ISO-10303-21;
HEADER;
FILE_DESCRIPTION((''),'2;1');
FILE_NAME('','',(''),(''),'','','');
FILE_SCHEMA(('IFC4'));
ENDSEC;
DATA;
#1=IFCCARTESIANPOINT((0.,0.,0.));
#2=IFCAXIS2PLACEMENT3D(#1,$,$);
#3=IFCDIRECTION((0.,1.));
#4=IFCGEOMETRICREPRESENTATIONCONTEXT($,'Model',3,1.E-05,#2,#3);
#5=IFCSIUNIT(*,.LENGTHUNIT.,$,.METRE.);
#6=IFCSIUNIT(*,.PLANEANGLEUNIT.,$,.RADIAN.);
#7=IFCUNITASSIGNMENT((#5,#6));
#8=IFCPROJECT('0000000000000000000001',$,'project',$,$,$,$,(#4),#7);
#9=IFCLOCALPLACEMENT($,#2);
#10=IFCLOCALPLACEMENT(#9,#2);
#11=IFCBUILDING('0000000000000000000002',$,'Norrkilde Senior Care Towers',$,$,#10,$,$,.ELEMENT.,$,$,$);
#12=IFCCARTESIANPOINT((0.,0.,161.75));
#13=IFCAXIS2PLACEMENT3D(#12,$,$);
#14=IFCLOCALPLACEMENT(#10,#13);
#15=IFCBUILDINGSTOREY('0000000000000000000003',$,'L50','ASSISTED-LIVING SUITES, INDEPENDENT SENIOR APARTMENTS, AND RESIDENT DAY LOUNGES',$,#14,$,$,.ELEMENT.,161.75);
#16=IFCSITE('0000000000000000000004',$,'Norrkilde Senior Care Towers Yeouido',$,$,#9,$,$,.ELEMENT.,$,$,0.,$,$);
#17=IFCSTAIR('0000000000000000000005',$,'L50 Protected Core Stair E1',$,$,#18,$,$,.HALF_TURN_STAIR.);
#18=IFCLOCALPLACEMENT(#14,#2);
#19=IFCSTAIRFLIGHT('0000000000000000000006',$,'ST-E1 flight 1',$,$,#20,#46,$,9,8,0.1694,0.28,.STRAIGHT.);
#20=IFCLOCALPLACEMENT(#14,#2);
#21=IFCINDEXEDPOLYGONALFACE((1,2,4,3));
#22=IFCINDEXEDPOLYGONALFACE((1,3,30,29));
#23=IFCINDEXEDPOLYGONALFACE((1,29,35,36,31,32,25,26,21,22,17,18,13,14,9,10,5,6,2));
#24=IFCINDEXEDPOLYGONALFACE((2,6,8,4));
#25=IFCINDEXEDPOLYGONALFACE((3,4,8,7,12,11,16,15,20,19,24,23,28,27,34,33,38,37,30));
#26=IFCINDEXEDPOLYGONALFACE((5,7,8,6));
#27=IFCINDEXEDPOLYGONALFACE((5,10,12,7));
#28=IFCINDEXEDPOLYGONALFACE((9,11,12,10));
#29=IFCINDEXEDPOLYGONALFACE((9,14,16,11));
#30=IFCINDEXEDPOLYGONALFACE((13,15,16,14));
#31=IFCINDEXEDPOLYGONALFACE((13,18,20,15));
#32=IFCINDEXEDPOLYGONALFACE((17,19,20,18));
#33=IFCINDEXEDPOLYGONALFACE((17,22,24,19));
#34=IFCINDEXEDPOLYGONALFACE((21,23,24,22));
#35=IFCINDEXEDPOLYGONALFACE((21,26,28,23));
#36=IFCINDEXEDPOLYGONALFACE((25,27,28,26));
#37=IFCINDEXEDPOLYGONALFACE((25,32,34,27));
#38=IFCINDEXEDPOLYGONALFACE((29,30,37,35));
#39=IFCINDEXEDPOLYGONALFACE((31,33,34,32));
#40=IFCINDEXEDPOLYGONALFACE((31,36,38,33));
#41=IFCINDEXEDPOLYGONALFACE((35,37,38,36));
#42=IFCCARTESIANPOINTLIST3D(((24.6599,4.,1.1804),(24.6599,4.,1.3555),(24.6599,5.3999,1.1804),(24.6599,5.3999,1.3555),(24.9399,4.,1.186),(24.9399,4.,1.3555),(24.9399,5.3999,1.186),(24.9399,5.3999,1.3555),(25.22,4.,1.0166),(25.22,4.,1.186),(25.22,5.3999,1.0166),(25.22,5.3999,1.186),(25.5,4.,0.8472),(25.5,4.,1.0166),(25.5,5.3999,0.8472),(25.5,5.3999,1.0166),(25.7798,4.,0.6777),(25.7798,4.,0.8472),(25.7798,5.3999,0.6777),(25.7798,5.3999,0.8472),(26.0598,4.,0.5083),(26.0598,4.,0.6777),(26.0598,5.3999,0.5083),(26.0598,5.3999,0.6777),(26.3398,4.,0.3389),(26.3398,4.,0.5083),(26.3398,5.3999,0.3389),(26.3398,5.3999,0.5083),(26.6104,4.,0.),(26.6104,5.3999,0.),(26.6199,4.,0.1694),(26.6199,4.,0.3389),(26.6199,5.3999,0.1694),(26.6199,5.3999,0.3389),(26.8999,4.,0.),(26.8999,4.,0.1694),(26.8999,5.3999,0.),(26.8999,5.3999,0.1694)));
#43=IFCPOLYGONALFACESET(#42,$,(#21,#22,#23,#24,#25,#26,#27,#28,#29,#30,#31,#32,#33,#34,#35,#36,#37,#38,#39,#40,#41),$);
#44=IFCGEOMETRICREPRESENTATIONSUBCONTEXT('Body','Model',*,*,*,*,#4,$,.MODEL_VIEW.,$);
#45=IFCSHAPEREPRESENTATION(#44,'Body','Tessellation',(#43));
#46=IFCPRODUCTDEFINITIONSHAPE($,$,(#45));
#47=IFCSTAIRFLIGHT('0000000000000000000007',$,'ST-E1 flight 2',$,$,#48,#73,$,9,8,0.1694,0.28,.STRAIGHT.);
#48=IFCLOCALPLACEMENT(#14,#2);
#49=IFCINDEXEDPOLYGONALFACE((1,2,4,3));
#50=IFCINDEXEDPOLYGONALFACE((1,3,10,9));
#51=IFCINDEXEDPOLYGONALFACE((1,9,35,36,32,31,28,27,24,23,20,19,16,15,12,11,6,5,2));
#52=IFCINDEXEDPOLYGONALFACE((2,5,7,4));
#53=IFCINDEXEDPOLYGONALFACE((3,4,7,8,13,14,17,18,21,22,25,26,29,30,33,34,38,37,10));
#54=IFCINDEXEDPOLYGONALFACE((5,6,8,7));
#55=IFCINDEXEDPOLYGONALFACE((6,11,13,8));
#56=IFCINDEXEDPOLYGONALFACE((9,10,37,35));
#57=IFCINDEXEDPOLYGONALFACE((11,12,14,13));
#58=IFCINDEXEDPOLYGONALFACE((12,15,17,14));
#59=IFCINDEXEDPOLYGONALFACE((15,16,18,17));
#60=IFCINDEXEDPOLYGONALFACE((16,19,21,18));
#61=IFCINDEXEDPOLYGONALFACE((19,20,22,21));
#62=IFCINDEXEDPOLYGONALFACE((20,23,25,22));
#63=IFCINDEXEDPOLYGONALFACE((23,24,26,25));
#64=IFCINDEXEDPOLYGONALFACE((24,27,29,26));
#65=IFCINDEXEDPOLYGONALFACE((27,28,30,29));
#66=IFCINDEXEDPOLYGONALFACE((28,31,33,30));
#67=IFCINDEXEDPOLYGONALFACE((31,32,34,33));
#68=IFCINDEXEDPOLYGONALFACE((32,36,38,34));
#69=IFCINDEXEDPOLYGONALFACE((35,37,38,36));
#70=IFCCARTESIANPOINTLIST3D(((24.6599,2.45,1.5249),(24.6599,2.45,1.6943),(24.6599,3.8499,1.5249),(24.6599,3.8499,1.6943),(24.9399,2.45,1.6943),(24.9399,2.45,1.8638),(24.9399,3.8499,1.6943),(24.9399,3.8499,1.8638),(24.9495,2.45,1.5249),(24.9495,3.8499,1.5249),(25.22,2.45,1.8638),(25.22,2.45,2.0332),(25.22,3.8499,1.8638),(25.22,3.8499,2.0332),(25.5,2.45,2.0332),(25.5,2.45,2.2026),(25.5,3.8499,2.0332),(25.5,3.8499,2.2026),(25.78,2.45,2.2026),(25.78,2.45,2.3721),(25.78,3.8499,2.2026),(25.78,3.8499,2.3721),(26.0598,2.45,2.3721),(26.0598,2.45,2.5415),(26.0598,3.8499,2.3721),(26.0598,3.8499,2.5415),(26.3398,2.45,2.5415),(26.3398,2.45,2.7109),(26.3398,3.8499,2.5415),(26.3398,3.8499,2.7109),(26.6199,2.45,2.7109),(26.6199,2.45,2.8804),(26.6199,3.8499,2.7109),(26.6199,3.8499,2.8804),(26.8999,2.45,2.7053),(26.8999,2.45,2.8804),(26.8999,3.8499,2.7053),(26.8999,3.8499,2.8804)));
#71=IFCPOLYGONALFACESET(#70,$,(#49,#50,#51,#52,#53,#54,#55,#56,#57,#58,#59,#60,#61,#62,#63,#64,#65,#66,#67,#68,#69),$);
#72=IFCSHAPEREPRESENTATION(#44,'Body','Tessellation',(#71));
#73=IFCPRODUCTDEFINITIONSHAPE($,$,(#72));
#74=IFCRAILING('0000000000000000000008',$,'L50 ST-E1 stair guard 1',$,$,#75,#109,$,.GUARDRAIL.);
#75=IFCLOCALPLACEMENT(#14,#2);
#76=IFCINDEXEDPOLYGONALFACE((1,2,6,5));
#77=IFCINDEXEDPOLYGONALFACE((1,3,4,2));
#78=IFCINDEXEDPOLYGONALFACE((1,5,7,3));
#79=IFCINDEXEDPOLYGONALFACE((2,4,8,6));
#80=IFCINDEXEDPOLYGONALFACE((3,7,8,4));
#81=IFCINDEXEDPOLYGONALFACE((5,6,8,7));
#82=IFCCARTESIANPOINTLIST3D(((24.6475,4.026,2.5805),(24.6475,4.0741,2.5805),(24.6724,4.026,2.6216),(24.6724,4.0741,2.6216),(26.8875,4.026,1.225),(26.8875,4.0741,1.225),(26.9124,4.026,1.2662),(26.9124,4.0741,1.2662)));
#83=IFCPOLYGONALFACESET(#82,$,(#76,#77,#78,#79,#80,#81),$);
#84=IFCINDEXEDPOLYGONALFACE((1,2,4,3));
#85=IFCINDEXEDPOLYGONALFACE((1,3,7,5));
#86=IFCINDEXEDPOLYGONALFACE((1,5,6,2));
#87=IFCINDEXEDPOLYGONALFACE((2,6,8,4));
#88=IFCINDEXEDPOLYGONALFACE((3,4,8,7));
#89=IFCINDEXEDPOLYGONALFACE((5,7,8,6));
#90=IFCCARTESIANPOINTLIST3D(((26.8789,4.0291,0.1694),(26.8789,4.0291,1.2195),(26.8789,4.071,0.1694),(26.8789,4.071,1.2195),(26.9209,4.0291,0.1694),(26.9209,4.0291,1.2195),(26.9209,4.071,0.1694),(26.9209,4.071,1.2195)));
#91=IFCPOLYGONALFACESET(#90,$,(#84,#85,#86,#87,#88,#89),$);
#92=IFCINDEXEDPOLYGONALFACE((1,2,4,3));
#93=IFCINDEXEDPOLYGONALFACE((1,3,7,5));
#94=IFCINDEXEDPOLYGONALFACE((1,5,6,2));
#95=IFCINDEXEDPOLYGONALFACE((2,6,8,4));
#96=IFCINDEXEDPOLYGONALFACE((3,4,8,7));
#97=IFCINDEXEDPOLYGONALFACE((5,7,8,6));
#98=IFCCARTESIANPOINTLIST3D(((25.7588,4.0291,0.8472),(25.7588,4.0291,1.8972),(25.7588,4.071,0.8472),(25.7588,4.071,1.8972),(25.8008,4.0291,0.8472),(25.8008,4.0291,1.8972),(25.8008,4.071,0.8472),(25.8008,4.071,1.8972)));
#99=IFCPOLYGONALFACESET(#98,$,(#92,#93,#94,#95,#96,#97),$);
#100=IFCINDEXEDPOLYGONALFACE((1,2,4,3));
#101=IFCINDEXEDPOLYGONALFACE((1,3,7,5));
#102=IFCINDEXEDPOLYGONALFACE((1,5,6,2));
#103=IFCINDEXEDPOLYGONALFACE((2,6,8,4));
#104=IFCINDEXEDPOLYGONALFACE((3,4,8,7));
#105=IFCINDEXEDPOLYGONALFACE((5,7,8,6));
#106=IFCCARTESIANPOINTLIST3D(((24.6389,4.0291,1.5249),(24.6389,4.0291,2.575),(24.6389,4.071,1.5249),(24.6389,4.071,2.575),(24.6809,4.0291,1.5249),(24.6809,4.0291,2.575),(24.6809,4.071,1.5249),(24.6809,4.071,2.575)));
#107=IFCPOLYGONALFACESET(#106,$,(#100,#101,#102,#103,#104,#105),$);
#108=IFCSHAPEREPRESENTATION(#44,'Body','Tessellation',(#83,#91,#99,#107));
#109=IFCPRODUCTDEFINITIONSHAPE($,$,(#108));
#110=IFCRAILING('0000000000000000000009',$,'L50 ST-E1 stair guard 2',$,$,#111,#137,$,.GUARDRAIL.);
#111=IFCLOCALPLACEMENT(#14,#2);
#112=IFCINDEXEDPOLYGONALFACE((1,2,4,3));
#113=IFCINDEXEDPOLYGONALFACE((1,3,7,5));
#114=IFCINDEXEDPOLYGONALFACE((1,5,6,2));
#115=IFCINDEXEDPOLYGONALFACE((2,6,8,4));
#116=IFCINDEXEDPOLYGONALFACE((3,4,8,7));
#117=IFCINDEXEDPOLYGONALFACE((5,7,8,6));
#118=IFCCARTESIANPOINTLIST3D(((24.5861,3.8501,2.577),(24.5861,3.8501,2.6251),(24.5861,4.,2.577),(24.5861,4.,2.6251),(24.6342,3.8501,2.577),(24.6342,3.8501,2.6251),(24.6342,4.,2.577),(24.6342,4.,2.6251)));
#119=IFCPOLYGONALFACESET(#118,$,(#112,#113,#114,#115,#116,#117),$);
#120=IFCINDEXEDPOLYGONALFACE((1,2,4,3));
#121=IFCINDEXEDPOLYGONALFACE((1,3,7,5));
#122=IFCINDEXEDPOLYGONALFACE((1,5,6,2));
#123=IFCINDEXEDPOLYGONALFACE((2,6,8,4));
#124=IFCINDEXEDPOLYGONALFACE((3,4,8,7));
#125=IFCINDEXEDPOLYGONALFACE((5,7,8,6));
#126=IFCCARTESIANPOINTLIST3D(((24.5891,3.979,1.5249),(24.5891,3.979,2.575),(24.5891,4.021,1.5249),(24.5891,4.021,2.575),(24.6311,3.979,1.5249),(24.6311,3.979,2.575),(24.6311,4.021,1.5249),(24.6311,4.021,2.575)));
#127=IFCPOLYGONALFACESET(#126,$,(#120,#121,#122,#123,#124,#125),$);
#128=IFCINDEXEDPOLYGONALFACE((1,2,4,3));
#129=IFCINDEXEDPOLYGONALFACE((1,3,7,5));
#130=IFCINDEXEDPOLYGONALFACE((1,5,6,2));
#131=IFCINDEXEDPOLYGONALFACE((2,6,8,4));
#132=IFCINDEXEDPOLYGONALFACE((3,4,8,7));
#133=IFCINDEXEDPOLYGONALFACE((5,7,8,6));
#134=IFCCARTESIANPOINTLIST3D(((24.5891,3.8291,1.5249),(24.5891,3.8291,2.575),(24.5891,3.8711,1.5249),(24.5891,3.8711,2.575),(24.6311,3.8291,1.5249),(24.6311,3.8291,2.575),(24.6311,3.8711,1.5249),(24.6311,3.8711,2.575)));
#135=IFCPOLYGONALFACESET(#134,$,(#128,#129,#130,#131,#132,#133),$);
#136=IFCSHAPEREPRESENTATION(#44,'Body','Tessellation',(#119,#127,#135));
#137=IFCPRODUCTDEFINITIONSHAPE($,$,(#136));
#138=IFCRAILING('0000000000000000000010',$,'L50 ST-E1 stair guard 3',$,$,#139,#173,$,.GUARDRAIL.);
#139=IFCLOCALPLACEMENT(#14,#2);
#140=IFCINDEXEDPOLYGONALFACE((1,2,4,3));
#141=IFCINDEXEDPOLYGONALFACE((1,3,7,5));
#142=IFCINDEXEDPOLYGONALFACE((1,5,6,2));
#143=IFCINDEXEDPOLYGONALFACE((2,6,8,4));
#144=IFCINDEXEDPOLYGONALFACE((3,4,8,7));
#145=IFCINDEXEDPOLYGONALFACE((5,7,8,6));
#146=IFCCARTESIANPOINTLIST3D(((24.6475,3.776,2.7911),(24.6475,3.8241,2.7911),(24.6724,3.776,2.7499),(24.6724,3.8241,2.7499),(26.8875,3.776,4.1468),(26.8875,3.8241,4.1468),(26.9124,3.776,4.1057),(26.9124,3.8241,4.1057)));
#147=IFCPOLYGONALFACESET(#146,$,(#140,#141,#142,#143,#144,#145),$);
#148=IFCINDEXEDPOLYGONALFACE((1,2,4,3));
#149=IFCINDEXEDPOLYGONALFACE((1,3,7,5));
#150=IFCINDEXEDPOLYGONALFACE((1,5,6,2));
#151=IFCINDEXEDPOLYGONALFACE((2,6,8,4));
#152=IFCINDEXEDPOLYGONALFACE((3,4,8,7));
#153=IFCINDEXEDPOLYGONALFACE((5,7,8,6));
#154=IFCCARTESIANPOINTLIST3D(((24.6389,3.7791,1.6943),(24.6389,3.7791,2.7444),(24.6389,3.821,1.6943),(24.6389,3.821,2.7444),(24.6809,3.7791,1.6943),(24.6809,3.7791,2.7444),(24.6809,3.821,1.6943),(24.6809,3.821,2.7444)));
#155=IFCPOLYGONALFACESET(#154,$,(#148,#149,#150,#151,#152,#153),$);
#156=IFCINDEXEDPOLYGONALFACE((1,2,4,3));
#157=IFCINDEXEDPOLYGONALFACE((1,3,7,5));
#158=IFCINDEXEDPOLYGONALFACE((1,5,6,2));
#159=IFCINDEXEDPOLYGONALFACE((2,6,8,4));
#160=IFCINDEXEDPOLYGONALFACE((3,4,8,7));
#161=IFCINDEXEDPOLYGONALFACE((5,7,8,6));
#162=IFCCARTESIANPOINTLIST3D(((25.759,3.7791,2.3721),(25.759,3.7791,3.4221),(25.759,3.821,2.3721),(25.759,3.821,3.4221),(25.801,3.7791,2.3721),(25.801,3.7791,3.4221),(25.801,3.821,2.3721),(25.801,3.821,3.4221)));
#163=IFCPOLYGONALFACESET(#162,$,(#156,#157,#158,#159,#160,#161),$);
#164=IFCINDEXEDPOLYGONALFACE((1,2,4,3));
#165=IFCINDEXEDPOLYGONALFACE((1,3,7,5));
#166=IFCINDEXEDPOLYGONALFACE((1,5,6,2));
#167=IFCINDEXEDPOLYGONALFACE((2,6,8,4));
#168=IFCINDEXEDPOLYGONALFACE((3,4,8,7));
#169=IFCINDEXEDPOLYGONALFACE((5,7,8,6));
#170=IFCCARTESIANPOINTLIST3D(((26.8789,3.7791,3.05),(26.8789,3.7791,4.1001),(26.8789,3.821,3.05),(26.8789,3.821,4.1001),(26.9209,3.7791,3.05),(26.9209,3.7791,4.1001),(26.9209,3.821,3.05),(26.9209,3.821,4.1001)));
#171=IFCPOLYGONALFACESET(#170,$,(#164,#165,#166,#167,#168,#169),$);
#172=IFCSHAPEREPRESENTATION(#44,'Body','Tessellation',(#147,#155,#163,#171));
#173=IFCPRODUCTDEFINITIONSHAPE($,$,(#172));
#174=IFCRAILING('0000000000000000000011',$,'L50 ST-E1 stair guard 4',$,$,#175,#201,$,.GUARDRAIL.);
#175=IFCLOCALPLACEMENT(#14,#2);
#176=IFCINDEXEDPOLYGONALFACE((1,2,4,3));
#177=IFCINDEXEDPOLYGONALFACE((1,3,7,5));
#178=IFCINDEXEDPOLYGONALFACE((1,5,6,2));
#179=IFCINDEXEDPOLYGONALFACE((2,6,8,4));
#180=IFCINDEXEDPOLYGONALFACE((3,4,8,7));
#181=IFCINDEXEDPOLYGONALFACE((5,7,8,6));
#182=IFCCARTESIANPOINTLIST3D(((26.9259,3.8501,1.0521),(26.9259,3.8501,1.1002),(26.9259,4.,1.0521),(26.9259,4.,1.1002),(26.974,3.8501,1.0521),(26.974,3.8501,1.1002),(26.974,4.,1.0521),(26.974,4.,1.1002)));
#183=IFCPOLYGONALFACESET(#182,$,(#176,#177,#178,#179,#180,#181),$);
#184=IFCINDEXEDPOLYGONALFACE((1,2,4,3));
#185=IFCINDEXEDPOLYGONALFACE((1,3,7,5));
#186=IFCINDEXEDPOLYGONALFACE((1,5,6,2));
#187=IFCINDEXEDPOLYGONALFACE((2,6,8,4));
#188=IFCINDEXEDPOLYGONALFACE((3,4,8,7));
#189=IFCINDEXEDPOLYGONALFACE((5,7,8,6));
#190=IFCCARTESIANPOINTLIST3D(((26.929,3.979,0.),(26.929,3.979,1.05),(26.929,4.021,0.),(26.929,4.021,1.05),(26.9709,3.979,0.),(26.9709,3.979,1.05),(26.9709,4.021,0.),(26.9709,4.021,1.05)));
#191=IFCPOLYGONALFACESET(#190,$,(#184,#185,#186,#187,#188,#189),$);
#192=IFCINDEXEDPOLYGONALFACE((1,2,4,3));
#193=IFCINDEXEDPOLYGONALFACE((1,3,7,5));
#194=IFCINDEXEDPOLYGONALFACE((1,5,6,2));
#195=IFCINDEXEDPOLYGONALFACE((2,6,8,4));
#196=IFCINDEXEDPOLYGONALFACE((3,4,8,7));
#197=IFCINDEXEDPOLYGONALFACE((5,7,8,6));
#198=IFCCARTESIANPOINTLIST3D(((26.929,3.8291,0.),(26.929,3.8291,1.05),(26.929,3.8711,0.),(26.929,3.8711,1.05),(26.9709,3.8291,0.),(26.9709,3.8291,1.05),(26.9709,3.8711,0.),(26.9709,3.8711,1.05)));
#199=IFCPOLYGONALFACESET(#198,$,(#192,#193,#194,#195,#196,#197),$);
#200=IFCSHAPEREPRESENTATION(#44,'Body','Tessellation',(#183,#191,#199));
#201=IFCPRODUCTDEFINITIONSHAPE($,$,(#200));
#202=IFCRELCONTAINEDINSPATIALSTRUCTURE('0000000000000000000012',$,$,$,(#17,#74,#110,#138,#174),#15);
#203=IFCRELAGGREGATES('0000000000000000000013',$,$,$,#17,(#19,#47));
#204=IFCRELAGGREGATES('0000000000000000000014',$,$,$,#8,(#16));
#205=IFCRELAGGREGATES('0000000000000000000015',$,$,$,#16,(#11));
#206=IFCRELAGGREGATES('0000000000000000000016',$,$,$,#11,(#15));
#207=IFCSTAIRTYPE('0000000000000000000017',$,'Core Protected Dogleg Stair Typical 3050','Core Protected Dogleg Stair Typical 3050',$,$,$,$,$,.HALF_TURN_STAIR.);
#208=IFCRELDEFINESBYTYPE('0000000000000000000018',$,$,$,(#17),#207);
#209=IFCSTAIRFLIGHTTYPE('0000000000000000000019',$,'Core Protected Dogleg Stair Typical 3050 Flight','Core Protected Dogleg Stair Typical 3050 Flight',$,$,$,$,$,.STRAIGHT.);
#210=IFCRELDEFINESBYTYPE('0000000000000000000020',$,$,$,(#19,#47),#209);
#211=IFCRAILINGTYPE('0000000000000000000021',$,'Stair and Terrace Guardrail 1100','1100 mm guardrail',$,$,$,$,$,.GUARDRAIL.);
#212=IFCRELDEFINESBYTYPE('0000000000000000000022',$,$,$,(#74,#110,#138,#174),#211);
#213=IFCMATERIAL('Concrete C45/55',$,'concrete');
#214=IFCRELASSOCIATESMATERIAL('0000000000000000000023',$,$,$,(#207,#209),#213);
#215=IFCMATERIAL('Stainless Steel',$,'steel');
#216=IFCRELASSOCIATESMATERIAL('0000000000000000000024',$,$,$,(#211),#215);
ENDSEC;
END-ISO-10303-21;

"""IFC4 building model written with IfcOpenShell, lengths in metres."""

from ifc_helpers import new_model, si_unit, direction, frame, origin, origin_2d, place, context, subcontext, project, spatial, polyline, rectangle, outline, extrude, material, type_object, element, aggregate, save


model = new_model("IFC4")

# Units and contexts
model_context = context("Model", 3, precision=1e-05, world=origin(), true_north=direction((0.0, 1.0)))
body_context = subcontext(model_context, "Body", "Model", "MODEL_VIEW")
ifc_project = project(units=[si_unit("LENGTHUNIT", "METRE"), si_unit("PLANEANGLEUNIT", "RADIAN")], contexts=[model_context])

# Site, building, storey
site_placement = place(None, origin())
site = spatial("IfcSite", under=ifc_project, at=site_placement, Name="Norrkilde Senior Care Towers Yeouido", CompositionType="ELEMENT", RefElevation=0.0)
building_placement = place(site_placement, origin())
building = spatial("IfcBuilding", under=site, at=building_placement, Name="Norrkilde Senior Care Towers", CompositionType="ELEMENT")
storey_placement = place(building_placement, frame((0.0, 0.0, 161.75)))
storey = spatial("IfcBuildingStorey", under=building, at=storey_placement, Name="L50", Description="ASSISTED-LIVING SUITES, INDEPENDENT SENIOR APARTMENTS, AND RESIDENT DAY LOUNGES", CompositionType="ELEMENT", Elevation=161.75)

# Shared definitions
ifc_material_1 = material(Name="Concrete C45/55", Category="concrete")

# Stair, stair flights
stair_type = type_object("IfcStairType", Name="Core Protected Dogleg Stair Typical 3050", Description="Core Protected Dogleg Stair Typical 3050", PredefinedType="HALF_TURN_STAIR", material=ifc_material_1)
stair_placement = place(storey_placement, origin())
stair = element("IfcStair", 1, at=stair_placement, inside=storey, type_object=stair_type, Name="L50 Protected Core Stair E1", PredefinedType="HALF_TURN_STAIR")
stair_flight_type = type_object("IfcStairFlightType", Name="Core Protected Dogleg Stair Typical 3050 Flight", Description="Core Protected Dogleg Stair Typical 3050 Flight", PredefinedType="STRAIGHT", material=ifc_material_1)
stair_flight_1_placement = place(storey_placement, frame((26.8999, 4.7, 0.0), z_axis=(0.0, 0.0, 1.0), x_axis=(-1.0, 0.0, 0.0)))
stair_flight_1 = element("IfcStairFlight", 2, at=stair_flight_1_placement, type_object=stair_flight_type, Name="ST-E1 flight 1", NumberOfRisers=9, NumberOfTreads=8, PredefinedType="STRAIGHT", RiserHeight=0.1694, TreadLength=0.28, context=body_context, shape_type="SweptSolid", body=[
    extrude(outline(polyline([(0.0, 0.0), (0.0, 0.1694), (0.28, 0.1694), (0.28, 0.3389), (0.5601, 0.3389), (0.5601, 0.5083), (0.8401, 0.5083), (0.8401, 0.6777), (1.1201, 0.6777), (1.1201, 0.8472), (1.3999, 0.8472), (1.3999, 1.0166), (1.6799, 1.0166), (1.6799, 1.186), (1.96, 1.186), (1.96, 1.3555), (2.24, 1.3555), (2.24, 1.5249), (2.24, 1.1804), (0.2896, 0.0), (0.0, 0.0)])), frame((0.0, 0.7, 0.0), z_axis=(0.0, -1.0, 0.0), x_axis=(1.0, 0.0, 0.0)), (0.0, 0.0, 1.0), 1.3999),
])
stair_flight_2_placement = place(storey_placement, frame((24.6599, 3.1499, 1.5249), z_axis=(0.0, 0.0, 1.0), x_axis=(1.0, 0.0, 0.0)))
stair_flight_2 = element("IfcStairFlight", 3, at=stair_flight_2_placement, type_object=stair_flight_type, Name="ST-E1 flight 2", NumberOfRisers=9, NumberOfTreads=8, PredefinedType="STRAIGHT", RiserHeight=0.1694, TreadLength=0.28, context=body_context, shape_type="SweptSolid", body=[
    extrude(outline(polyline([(0.0, 0.0), (0.0, 0.1694), (0.28, 0.1694), (0.28, 0.3389), (0.5601, 0.3389), (0.5601, 0.5083), (0.8401, 0.5083), (0.8401, 0.6777), (1.1201, 0.6777), (1.1201, 0.8472), (1.3999, 0.8472), (1.3999, 1.0166), (1.6799, 1.0166), (1.6799, 1.186), (1.96, 1.186), (1.96, 1.3555), (2.24, 1.3555), (2.24, 1.5249), (2.24, 1.1804), (0.2896, 0.0), (0.0, 0.0)])), frame((0.0, 0.7, 0.0), z_axis=(0.0, -1.0, 0.0), x_axis=(1.0, 0.0, 0.0)), (0.0, 0.0, 1.0), 1.3999),
])
aggregate(stair, [stair_flight_1, stair_flight_2])

# Railings
ifc_material_2 = material(Name="Stainless Steel", Category="steel")
railing_type_1 = type_object("IfcRailingType", Name="Stair and Terrace Guardrail 1100", Description="1100 mm guardrail", PredefinedType="GUARDRAIL", material=ifc_material_2)
railing_1_placement = place(storey_placement, frame((26.8999, 4.05, 0.1694)))
element("IfcRailing", 4, at=railing_1_placement, inside=storey, type_object=railing_type_1, Name="L50 ST-E1 stair guard 1", PredefinedType="GUARDRAIL", context=body_context, shape_type="SweptSolid", body=[
    extrude(rectangle(XDim=0.0481, YDim=0.0481, at=origin_2d()), frame((0.0, 0.0, 1.0762), z_axis=(-0.855553, 0.0, 0.517715), x_axis=(0.0, -1.0, 0.0)), (0.0, 0.0, 1.0), 2.6182),
    extrude(rectangle(XDim=0.042, YDim=0.042, at=origin_2d()), origin(), (0.0, 0.0, 1.0), 1.05),
    extrude(rectangle(XDim=0.042, YDim=0.042, at=origin_2d()), frame((-1.1201, 0.0, 0.6777)), (0.0, 0.0, 1.0), 1.05),
    extrude(rectangle(XDim=0.042, YDim=0.042, at=origin_2d()), frame((-2.24, 0.0, 1.3555)), (0.0, 0.0, 1.0), 1.05),
])
railing_2_placement = place(storey_placement, frame((24.6101, 4.0, 1.5249)))
element("IfcRailing", 5, at=railing_2_placement, inside=storey, type_object=railing_type_1, Name="L50 ST-E1 stair guard 2", PredefinedType="GUARDRAIL", context=body_context, shape_type="SweptSolid", body=[
    extrude(rectangle(XDim=0.0481, YDim=0.0481, at=origin_2d()), frame((0.0, 0.0, 1.0762), z_axis=(0.0, -1.0, 0.0), x_axis=(1.0, 0.0, 0.0)), (0.0, 0.0, 1.0), 0.1499),
    extrude(rectangle(XDim=0.042, YDim=0.042, at=origin_2d()), origin(), (0.0, 0.0, 1.0), 1.05),
    extrude(rectangle(XDim=0.042, YDim=0.042, at=origin_2d()), frame((0.0, -0.1499, 0.0)), (0.0, 0.0, 1.0), 1.05),
])
railing_3_placement = place(storey_placement, frame((24.6599, 3.8, 1.6943)))
element("IfcRailing", 6, at=railing_3_placement, inside=storey, type_object=railing_type_1, Name="L50 ST-E1 stair guard 3", PredefinedType="GUARDRAIL", context=body_context, shape_type="SweptSolid", body=[
    extrude(rectangle(XDim=0.0481, YDim=0.0481, at=origin_2d()), frame((0.0, 0.0, 1.0762), z_axis=(0.855512, 0.0, 0.517783), x_axis=(0.0, 1.0, 0.0)), (0.0, 0.0, 1.0), 2.6184),
    extrude(rectangle(XDim=0.042, YDim=0.042, at=origin_2d()), origin(), (0.0, 0.0, 1.0), 1.05),
    extrude(rectangle(XDim=0.042, YDim=0.042, at=origin_2d()), frame((1.1201, 0.0, 0.6777)), (0.0, 0.0, 1.0), 1.05),
    extrude(rectangle(XDim=0.042, YDim=0.042, at=origin_2d()), frame((2.24, 0.0, 1.3557)), (0.0, 0.0, 1.0), 1.05),
])
railing_4_placement = place(storey_placement, frame((26.95, 4.0, 0.0)))
element("IfcRailing", 7, at=railing_4_placement, inside=storey, type_object=railing_type_1, Name="L50 ST-E1 stair guard 4", PredefinedType="GUARDRAIL", context=body_context, shape_type="SweptSolid", body=[
    extrude(rectangle(XDim=0.0481, YDim=0.0481, at=origin_2d()), frame((0.0, 0.0, 1.0762), z_axis=(0.0, -1.0, 0.0), x_axis=(1.0, 0.0, 0.0)), (0.0, 0.0, 1.0), 0.1499),
    extrude(rectangle(XDim=0.042, YDim=0.042, at=origin_2d()), origin(), (0.0, 0.0, 1.0), 1.05),
    extrude(rectangle(XDim=0.042, YDim=0.042, at=origin_2d()), frame((0.0, -0.1499, 0.0)), (0.0, 0.0, 1.0), 1.05),
])

save(model, "model.ifc")
